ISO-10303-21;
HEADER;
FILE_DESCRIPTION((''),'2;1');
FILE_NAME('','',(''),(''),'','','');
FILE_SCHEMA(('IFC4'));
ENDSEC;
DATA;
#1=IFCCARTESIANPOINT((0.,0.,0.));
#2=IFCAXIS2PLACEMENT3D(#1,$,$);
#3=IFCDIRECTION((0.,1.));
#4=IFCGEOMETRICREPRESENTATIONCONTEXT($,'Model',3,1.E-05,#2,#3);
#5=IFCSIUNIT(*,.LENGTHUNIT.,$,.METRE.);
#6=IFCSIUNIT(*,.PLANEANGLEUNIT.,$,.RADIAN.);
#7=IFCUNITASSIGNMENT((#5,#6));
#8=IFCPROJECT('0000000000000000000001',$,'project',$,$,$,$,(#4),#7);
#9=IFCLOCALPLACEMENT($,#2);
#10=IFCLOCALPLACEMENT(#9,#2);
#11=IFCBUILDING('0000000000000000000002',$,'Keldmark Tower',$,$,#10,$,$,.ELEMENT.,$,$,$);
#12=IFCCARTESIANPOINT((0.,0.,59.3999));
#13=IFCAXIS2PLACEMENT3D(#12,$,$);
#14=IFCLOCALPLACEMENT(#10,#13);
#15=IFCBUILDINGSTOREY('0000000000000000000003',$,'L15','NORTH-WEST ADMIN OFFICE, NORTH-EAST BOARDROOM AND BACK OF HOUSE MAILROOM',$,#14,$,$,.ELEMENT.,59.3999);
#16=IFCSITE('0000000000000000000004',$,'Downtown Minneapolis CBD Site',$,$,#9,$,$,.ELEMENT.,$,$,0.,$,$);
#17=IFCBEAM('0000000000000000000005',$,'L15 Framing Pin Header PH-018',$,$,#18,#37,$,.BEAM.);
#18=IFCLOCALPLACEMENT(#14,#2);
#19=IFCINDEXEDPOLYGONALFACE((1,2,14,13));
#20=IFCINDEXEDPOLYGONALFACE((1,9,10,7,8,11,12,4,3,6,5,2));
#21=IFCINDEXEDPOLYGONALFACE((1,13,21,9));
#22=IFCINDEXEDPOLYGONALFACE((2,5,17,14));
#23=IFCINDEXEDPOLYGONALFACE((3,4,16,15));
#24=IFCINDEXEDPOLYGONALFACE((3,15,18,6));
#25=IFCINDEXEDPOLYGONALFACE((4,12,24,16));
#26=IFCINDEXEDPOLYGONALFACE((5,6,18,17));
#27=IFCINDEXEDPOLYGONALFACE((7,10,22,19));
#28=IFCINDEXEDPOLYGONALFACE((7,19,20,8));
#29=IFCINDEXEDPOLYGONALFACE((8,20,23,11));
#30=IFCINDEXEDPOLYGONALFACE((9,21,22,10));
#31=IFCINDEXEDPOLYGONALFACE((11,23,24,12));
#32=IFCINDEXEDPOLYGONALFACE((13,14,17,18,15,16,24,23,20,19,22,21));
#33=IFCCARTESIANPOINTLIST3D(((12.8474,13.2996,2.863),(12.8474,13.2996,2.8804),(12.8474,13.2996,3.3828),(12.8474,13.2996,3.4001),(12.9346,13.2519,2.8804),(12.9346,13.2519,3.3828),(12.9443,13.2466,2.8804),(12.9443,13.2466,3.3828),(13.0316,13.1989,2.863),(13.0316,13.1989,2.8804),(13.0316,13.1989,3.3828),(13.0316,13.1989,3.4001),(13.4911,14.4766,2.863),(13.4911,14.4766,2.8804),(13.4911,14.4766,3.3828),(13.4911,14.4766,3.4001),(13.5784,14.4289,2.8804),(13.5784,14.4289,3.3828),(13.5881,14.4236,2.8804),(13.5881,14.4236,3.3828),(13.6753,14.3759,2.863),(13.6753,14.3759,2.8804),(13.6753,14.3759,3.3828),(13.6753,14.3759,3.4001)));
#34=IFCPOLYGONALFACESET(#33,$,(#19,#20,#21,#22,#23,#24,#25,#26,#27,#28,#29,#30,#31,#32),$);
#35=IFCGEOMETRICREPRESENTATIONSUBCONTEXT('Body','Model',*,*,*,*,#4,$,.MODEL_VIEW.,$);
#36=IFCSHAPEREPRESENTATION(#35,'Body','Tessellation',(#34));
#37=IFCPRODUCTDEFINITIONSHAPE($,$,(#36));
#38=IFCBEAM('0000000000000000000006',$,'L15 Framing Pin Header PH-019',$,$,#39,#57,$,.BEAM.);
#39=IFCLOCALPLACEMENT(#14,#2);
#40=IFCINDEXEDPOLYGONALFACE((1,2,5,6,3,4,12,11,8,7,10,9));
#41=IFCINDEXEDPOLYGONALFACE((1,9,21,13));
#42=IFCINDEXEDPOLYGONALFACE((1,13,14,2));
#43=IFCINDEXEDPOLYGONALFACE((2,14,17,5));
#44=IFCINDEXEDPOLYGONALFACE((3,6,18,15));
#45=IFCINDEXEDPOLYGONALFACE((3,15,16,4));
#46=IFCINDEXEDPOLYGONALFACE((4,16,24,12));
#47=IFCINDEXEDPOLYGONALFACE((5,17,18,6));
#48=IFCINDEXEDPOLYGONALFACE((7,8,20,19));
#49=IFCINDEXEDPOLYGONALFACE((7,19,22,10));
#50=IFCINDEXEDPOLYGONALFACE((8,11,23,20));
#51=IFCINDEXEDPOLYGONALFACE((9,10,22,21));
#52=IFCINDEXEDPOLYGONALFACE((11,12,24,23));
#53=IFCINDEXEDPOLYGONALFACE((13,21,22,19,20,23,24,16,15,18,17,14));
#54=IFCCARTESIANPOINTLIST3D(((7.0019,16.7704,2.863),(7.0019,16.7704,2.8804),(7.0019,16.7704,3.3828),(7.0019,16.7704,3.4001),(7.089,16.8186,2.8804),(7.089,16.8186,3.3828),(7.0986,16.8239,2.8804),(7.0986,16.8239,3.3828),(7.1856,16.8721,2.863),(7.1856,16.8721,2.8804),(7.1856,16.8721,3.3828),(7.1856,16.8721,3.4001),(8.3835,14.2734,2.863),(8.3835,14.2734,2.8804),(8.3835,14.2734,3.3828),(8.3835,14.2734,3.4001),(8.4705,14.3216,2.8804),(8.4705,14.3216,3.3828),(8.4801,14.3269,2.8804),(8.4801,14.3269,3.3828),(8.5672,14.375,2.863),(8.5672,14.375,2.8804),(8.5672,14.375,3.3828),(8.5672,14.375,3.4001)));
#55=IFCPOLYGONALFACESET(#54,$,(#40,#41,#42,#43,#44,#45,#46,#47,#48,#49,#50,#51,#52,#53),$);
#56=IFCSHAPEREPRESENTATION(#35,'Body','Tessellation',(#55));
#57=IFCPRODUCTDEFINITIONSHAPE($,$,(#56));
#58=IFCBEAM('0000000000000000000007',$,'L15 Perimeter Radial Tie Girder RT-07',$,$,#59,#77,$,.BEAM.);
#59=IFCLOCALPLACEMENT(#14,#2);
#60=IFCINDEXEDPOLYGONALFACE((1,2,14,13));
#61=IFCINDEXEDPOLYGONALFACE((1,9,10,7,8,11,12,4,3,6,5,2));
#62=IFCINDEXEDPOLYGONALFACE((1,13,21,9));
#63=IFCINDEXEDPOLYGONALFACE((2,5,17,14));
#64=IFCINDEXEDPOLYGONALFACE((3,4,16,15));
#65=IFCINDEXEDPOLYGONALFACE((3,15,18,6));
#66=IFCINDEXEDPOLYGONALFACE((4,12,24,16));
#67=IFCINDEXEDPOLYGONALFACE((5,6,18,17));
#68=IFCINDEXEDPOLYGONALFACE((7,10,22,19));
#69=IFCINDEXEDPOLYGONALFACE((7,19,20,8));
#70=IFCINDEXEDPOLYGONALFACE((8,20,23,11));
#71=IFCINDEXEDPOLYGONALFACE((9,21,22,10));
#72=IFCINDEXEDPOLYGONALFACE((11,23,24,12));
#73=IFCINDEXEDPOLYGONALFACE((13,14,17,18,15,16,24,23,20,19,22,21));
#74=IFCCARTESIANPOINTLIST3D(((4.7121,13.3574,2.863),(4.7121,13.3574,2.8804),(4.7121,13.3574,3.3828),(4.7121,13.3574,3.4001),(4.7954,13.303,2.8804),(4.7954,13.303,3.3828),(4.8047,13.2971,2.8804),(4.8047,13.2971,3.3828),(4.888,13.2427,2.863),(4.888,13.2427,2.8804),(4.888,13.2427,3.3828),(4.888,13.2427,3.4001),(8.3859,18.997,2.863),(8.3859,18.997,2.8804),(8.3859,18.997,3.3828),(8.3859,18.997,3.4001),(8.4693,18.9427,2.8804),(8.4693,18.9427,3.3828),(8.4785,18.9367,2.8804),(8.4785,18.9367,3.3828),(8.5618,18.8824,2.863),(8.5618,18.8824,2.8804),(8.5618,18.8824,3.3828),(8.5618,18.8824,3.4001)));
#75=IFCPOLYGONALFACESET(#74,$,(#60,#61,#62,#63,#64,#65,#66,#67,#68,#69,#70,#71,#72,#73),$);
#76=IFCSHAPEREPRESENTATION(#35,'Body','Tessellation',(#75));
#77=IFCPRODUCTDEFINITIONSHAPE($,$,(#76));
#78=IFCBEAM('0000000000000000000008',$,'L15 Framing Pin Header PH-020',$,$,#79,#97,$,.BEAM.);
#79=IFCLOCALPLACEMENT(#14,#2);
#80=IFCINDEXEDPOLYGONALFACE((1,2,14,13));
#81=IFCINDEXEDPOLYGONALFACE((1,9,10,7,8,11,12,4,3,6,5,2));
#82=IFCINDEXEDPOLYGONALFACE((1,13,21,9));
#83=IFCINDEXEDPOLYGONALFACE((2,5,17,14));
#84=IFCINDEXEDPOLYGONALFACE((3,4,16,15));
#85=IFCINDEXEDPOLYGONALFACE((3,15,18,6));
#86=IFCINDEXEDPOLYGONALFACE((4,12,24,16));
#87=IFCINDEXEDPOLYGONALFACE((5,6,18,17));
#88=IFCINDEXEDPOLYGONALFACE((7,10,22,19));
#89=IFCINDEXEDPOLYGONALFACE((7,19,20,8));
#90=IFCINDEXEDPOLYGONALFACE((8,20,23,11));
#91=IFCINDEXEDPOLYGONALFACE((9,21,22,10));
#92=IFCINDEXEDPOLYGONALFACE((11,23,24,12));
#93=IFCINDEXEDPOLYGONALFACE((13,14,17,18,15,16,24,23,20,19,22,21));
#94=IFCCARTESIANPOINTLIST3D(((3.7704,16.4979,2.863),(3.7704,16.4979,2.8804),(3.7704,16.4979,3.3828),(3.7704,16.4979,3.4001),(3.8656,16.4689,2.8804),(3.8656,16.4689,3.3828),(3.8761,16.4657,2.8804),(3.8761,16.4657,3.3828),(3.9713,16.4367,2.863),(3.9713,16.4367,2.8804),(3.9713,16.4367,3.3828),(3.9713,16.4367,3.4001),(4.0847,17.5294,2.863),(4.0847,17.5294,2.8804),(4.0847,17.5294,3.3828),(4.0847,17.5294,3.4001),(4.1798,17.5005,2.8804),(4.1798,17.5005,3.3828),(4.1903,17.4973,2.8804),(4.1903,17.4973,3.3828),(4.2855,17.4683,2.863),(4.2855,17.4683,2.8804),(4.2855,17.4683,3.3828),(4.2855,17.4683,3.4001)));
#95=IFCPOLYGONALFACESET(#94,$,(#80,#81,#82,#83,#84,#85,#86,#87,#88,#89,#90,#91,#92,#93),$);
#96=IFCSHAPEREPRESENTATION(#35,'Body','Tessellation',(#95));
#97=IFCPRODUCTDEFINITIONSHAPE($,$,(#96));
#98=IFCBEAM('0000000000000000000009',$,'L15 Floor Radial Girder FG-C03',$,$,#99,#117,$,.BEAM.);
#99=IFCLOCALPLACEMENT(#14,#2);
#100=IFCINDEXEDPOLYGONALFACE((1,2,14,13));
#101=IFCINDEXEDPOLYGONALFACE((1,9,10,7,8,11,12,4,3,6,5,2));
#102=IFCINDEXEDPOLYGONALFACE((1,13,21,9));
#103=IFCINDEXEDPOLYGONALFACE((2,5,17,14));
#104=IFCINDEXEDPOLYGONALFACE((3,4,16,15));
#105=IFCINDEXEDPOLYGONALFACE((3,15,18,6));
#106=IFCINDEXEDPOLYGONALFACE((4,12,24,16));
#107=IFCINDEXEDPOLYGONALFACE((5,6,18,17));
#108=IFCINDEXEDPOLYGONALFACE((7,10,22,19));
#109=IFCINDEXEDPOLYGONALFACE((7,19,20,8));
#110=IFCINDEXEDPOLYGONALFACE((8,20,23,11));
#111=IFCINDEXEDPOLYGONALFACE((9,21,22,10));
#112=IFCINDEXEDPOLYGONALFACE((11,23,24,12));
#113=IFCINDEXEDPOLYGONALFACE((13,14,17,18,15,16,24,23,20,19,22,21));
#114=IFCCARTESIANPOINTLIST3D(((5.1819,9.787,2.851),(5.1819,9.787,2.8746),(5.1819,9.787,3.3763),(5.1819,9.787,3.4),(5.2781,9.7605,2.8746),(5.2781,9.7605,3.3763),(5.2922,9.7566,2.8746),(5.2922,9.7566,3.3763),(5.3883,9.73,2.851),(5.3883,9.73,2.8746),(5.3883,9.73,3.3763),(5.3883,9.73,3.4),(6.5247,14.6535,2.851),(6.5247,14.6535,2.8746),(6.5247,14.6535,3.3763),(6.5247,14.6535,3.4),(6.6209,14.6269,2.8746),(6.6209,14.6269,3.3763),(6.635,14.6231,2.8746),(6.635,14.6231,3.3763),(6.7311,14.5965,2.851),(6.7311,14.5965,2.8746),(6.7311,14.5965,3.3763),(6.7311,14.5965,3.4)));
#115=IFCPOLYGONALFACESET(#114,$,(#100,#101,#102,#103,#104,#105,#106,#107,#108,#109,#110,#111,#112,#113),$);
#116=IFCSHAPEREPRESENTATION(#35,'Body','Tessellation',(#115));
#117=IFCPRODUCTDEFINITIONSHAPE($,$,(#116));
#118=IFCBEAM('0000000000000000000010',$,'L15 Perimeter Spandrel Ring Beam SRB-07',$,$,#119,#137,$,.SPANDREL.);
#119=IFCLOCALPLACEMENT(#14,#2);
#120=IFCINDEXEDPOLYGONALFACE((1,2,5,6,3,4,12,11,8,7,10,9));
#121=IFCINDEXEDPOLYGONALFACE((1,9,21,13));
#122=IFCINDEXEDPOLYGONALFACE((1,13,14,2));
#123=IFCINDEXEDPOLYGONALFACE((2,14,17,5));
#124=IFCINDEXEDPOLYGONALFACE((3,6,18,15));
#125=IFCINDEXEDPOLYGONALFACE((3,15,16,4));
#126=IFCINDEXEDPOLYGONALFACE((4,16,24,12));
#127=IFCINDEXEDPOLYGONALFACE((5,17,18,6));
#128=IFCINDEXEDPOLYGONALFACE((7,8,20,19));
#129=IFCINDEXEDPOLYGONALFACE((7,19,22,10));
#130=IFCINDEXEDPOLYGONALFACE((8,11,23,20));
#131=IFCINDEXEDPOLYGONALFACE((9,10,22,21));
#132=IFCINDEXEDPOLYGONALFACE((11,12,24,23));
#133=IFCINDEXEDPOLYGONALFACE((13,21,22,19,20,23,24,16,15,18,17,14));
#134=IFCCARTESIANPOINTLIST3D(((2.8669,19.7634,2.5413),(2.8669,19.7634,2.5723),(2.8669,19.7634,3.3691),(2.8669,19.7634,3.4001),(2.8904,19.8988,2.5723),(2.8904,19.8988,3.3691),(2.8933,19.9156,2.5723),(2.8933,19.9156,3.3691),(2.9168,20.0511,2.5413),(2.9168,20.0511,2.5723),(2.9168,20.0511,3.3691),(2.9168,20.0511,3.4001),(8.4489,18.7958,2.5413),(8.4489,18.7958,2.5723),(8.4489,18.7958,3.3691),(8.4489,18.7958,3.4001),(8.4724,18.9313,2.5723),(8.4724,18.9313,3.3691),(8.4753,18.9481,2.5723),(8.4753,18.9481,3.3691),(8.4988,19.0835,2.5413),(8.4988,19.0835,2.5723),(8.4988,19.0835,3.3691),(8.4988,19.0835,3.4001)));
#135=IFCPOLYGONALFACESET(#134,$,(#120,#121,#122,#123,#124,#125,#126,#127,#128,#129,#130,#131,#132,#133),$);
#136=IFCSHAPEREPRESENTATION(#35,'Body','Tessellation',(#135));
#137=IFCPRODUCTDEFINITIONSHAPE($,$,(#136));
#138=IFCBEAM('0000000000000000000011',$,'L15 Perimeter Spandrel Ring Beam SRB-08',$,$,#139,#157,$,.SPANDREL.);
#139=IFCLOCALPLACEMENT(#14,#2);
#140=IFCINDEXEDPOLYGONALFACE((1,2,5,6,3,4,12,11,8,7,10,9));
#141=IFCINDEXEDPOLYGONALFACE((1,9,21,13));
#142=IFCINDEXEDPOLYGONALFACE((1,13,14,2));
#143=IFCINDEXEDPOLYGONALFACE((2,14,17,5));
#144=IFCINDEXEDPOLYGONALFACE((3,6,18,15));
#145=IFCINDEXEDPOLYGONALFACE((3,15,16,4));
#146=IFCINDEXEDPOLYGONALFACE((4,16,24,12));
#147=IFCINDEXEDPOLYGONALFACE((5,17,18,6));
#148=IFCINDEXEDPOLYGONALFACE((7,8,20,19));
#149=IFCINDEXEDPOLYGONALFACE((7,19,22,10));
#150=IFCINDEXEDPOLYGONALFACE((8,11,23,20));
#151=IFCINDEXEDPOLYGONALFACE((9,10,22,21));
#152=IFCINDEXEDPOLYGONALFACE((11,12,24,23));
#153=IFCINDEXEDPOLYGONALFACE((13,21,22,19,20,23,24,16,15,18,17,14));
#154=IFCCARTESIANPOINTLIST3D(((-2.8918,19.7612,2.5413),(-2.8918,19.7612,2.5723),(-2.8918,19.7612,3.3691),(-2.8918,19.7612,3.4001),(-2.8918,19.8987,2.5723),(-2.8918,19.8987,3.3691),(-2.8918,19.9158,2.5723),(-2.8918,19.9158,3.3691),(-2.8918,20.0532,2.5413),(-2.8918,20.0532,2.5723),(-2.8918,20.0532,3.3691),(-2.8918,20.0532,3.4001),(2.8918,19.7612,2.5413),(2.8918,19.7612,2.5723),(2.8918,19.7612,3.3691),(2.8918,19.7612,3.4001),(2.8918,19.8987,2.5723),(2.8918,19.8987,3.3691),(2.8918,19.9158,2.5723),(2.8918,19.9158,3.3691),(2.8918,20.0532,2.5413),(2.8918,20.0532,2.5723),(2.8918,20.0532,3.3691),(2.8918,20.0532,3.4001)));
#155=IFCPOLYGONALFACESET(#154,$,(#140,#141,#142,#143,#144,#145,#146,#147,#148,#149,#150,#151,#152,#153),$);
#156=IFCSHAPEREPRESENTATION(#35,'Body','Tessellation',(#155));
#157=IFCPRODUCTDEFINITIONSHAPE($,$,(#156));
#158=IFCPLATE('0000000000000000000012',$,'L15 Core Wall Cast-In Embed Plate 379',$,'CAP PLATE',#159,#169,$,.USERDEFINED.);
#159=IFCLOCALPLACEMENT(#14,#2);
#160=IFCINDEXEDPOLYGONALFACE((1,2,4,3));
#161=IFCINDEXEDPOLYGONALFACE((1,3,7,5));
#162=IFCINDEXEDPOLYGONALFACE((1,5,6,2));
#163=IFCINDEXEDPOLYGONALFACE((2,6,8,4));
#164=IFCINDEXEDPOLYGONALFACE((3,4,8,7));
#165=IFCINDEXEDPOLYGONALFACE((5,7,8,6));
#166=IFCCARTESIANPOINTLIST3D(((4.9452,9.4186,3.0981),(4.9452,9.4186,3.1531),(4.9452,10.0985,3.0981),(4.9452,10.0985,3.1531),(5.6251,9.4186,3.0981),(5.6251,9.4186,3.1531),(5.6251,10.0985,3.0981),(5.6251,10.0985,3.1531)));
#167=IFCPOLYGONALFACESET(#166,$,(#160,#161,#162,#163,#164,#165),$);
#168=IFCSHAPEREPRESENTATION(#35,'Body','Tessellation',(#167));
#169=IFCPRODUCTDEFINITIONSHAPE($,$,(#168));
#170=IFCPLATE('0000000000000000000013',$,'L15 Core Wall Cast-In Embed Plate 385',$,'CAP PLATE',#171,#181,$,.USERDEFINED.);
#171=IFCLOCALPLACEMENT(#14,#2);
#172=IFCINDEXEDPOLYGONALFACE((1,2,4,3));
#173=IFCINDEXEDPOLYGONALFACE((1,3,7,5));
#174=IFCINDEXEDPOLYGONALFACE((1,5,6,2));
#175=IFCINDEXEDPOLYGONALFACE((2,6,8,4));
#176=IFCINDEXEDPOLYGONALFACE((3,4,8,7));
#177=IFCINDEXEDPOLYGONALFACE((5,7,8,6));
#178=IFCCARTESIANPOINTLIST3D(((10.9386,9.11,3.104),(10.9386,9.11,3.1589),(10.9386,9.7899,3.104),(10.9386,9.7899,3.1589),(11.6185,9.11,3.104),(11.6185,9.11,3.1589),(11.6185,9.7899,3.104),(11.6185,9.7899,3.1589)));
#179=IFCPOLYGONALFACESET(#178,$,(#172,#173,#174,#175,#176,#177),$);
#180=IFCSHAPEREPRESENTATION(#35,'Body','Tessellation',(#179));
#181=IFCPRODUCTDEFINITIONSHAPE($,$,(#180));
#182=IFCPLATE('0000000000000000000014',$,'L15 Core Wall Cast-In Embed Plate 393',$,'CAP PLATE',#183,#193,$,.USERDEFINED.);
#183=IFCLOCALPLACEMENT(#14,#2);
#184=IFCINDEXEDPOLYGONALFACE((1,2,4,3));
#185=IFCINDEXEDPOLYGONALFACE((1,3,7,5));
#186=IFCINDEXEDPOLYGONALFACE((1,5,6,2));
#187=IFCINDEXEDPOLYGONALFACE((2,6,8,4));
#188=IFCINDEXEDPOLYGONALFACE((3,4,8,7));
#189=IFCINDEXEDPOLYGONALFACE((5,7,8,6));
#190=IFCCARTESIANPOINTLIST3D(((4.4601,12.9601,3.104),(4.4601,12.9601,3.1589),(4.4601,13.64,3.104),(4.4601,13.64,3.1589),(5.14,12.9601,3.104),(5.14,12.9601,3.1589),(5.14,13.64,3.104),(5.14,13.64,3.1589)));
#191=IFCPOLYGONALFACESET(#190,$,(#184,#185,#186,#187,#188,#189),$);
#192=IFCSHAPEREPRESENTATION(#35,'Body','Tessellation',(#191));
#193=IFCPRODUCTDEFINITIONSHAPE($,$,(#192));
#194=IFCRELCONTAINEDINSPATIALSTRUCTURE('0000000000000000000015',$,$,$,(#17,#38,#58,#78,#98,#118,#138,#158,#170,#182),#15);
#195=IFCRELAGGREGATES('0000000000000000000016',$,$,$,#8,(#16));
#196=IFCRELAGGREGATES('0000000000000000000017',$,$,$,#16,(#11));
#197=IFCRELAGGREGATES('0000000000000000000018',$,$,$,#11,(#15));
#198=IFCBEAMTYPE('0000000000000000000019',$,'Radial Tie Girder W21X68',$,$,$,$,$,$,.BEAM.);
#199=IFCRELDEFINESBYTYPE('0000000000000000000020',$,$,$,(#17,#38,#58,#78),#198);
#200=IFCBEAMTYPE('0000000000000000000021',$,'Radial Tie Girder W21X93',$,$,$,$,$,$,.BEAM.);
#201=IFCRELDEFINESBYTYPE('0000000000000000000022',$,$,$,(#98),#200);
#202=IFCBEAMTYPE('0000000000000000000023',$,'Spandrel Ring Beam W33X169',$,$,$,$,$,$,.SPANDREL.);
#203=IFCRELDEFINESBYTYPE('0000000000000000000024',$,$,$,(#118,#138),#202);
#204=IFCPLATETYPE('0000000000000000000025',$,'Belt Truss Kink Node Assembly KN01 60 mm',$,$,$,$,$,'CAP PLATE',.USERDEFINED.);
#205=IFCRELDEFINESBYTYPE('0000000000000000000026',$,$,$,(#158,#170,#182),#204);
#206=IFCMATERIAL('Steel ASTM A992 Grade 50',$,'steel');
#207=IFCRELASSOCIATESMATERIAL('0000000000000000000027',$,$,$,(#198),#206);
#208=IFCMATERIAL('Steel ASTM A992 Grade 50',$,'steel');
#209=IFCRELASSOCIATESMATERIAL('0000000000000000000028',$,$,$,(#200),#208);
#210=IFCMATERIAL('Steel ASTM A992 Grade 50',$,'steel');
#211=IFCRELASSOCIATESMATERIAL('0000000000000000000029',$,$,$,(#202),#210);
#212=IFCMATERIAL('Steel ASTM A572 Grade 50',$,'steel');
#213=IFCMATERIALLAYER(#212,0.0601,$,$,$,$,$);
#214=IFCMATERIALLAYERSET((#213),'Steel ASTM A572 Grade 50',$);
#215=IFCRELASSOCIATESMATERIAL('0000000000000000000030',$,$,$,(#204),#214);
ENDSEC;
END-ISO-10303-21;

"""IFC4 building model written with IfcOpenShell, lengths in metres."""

from ifc_helpers import new_model, si_unit, direction, frame, origin, origin_2d, place, context, subcontext, project, spatial, rectangle, i_section, extrude, material, layer, layer_set, material_profile, profile_set, type_object, element, save


model = new_model("IFC4")

# Units and contexts
model_context = context("Model", 3, precision=1e-05, world=origin(), true_north=direction((0.0, 1.0)))
body_context = subcontext(model_context, "Body", "Model", "MODEL_VIEW")
ifc_project = project(units=[si_unit("LENGTHUNIT", "METRE"), si_unit("PLANEANGLEUNIT", "RADIAN")], contexts=[model_context])

# Site, building, storey
site_placement = place(None, origin())
site = spatial("IfcSite", under=ifc_project, at=site_placement, Name="Downtown Minneapolis CBD Site", CompositionType="ELEMENT", RefElevation=0.0)
building_placement = place(site_placement, origin())
building = spatial("IfcBuilding", under=site, at=building_placement, Name="Keldmark Tower", CompositionType="ELEMENT")
storey_placement = place(building_placement, frame((0.0, 0.0, 59.3999)))
storey = spatial("IfcBuildingStorey", under=building, at=storey_placement, Name="L15", Description="NORTH-WEST ADMIN OFFICE, NORTH-EAST BOARDROOM AND BACK OF HOUSE MAILROOM", CompositionType="ELEMENT", Elevation=59.3999)

# Beams
ifc_material_1 = material(Name="Steel ASTM A992 Grade 50", Category="steel")
ifc_material_profile_1 = material_profile(ifc_material_1, i_section(OverallWidth=0.21, OverallDepth=0.5371, WebThickness=0.011, FlangeThickness=0.0173, at=origin_2d()), Name="W21X68")
ifc_profile_set_1 = profile_set([ifc_material_profile_1], Name="Steel ASTM A992 Grade 50")
beam_type_1 = type_object("IfcBeamType", Name="Radial Tie Girder W21X68", PredefinedType="BEAM", material=ifc_profile_set_1)
beam_1_placement = place(storey_placement, frame((12.9395, 13.2493, 3.1316), z_axis=(0.479885, 0.877332, 0.0), x_axis=(-0.877332, 0.479885, 0.0)))
element("IfcBeam", 1, at=beam_1_placement, inside=storey, type_object=beam_type_1, Name="L15 Framing Pin Header PH-018", PredefinedType="BEAM", context=body_context, shape_type="SweptSolid", body=[
    extrude(i_section(OverallWidth=0.21, OverallDepth=0.5371, WebThickness=0.011, FlangeThickness=0.0173, at=origin_2d()), origin(), (0.0, 0.0, 1.0), 1.3416),
])
beam_2_placement = place(storey_placement, frame((8.4753, 14.3242, 3.1316), z_axis=(-0.484124, 0.874999, 0.0), x_axis=(-0.874999, -0.484124, 0.0)))
element("IfcBeam", 2, at=beam_2_placement, inside=storey, type_object=beam_type_1, Name="L15 Framing Pin Header PH-019", PredefinedType="BEAM", context=body_context, shape_type="SweptSolid", body=[
    extrude(i_section(OverallWidth=0.21, OverallDepth=0.5371, WebThickness=0.011, FlangeThickness=0.0173, at=origin_2d()), origin(), (0.0, 0.0, 1.0), 2.8538),
])
beam_3_placement = place(storey_placement, frame((4.8, 13.3, 3.1316), z_axis=(0.54583, 0.837896, 0.0), x_axis=(-0.837896, 0.54583, 0.0)))
element("IfcBeam", 3, at=beam_3_placement, inside=storey, type_object=beam_type_1, Name="L15 Perimeter Radial Tie Girder RT-07", PredefinedType="BEAM", context=body_context, shape_type="SweptSolid", body=[
    extrude(i_section(OverallWidth=0.21, OverallDepth=0.5371, WebThickness=0.011, FlangeThickness=0.0173, at=origin_2d()), origin(), (0.0, 0.0, 1.0), 6.7307),
])
beam_4_placement = place(storey_placement, frame((3.8708, 16.4673, 3.1316), z_axis=(0.291396, 0.956603, 0.0), x_axis=(-0.956603, 0.291396, 0.0)))
element("IfcBeam", 4, at=beam_4_placement, inside=storey, type_object=beam_type_1, Name="L15 Framing Pin Header PH-020", PredefinedType="BEAM", context=body_context, shape_type="SweptSolid", body=[
    extrude(i_section(OverallWidth=0.21, OverallDepth=0.5371, WebThickness=0.011, FlangeThickness=0.0173, at=origin_2d()), origin(), (0.0, 0.0, 1.0), 1.0784),
])
ifc_material_2 = material(Name="Steel ASTM A992 Grade 50", Category="steel")
ifc_material_profile_2 = material_profile(ifc_material_2, i_section(OverallWidth=0.2141, OverallDepth=0.5491, WebThickness=0.0146, FlangeThickness=0.0237, at=origin_2d()), Name="W21X93")
ifc_profile_set_2 = profile_set([ifc_material_profile_2], Name="Steel ASTM A992 Grade 50")
beam_type_2 = type_object("IfcBeamType", Name="Radial Tie Girder W21X93", PredefinedType="BEAM", material=ifc_profile_set_2)
beam_5_placement = place(storey_placement, frame((6.6279, 14.625, 3.1255), z_axis=(-0.265985, -0.963977, 0.0), x_axis=(0.963977, -0.265985, 0.0)))
element("IfcBeam", 5, at=beam_5_placement, inside=storey, type_object=beam_type_2, Name="L15 Floor Radial Girder FG-C03", PredefinedType="BEAM", context=body_context, shape_type="SweptSolid", body=[
    extrude(i_section(OverallWidth=0.2141, OverallDepth=0.5491, WebThickness=0.0146, FlangeThickness=0.0237, at=origin_2d()), origin(), (0.0, 0.0, 1.0), 5.0483),
])
ifc_material_3 = material(Name="Steel ASTM A992 Grade 50", Category="steel")
ifc_material_profile_3 = material_profile(ifc_material_3, i_section(OverallWidth=0.292, OverallDepth=0.8589, WebThickness=0.0171, FlangeThickness=0.031, at=origin_2d()), Name="W33X169")
ifc_profile_set_3 = profile_set([ifc_material_profile_3], Name="Steel ASTM A992 Grade 50")
beam_type_3 = type_object("IfcBeamType", Name="Spandrel Ring Beam W33X169", PredefinedType="SPANDREL", material=ifc_profile_set_3)
beam_6_placement = place(storey_placement, frame((8.4739, 18.9397, 2.9707), z_axis=(-0.985309, 0.170783, 0.0), x_axis=(-0.170783, -0.985309, 0.0)))
element("IfcBeam", 6, at=beam_6_placement, inside=storey, type_object=beam_type_3, Name="L15 Perimeter Spandrel Ring Beam SRB-07", PredefinedType="SPANDREL", context=body_context, shape_type="SweptSolid", body=[
    extrude(i_section(OverallWidth=0.292, OverallDepth=0.8589, WebThickness=0.0171, FlangeThickness=0.031, at=origin_2d()), origin(), (0.0, 0.0, 1.0), 5.6653),
])
beam_7_placement = place(storey_placement, frame((2.8918, 19.9072, 2.9707), z_axis=(-1.0, 0.0, 0.0), x_axis=(0.0, -1.0, 0.0)))
element("IfcBeam", 7, at=beam_7_placement, inside=storey, type_object=beam_type_3, Name="L15 Perimeter Spandrel Ring Beam SRB-08", PredefinedType="SPANDREL", context=body_context, shape_type="SweptSolid", body=[
    extrude(i_section(OverallWidth=0.292, OverallDepth=0.8589, WebThickness=0.0171, FlangeThickness=0.031, at=origin_2d()), origin(), (0.0, 0.0, 1.0), 5.7837),
])

# Plates
ifc_material_4 = material(Name="Steel ASTM A572 Grade 50", Category="steel")
ifc_layer_1 = layer(ifc_material_4, 0.0601)
ifc_layer_set_1 = layer_set([ifc_layer_1], Name="Steel ASTM A572 Grade 50")
plate_type_1 = type_object("IfcPlateType", Name="Belt Truss Kink Node Assembly KN01 60 mm", ElementType="CAP PLATE", PredefinedType="USERDEFINED", material=ifc_layer_set_1)
for number, where, z_axis, x_axis, name in (
    (8, (5.2852, 9.7585, 3.0981), (0.0, 0.0, 1.0), (1.0, 0.0, 0.0), "L15 Core Wall Cast-In Embed Plate 379"),
    (9, (11.2786, 9.45, 3.104), (0.0, 0.0, 1.0), (1.0, 0.0, 0.0), "L15 Core Wall Cast-In Embed Plate 385"),
    (10, (4.8, 13.3, 3.104), (0.0, 0.0, 1.0), (1.0, 0.0, 0.0), "L15 Core Wall Cast-In Embed Plate 393"),
):
    element("IfcPlate", number, at=place(storey_placement, frame(where, z_axis=z_axis, x_axis=x_axis)), inside=storey, type_object=plate_type_1, Name=name, ObjectType="CAP PLATE", PredefinedType="USERDEFINED", context=body_context, shape_type="SweptSolid", body=[
        extrude(rectangle(XDim=0.6799, YDim=0.6799, at=origin_2d()), origin(), (0.0, 0.0, 1.0), 0.0549),
    ])

save(model, "model.ifc")
